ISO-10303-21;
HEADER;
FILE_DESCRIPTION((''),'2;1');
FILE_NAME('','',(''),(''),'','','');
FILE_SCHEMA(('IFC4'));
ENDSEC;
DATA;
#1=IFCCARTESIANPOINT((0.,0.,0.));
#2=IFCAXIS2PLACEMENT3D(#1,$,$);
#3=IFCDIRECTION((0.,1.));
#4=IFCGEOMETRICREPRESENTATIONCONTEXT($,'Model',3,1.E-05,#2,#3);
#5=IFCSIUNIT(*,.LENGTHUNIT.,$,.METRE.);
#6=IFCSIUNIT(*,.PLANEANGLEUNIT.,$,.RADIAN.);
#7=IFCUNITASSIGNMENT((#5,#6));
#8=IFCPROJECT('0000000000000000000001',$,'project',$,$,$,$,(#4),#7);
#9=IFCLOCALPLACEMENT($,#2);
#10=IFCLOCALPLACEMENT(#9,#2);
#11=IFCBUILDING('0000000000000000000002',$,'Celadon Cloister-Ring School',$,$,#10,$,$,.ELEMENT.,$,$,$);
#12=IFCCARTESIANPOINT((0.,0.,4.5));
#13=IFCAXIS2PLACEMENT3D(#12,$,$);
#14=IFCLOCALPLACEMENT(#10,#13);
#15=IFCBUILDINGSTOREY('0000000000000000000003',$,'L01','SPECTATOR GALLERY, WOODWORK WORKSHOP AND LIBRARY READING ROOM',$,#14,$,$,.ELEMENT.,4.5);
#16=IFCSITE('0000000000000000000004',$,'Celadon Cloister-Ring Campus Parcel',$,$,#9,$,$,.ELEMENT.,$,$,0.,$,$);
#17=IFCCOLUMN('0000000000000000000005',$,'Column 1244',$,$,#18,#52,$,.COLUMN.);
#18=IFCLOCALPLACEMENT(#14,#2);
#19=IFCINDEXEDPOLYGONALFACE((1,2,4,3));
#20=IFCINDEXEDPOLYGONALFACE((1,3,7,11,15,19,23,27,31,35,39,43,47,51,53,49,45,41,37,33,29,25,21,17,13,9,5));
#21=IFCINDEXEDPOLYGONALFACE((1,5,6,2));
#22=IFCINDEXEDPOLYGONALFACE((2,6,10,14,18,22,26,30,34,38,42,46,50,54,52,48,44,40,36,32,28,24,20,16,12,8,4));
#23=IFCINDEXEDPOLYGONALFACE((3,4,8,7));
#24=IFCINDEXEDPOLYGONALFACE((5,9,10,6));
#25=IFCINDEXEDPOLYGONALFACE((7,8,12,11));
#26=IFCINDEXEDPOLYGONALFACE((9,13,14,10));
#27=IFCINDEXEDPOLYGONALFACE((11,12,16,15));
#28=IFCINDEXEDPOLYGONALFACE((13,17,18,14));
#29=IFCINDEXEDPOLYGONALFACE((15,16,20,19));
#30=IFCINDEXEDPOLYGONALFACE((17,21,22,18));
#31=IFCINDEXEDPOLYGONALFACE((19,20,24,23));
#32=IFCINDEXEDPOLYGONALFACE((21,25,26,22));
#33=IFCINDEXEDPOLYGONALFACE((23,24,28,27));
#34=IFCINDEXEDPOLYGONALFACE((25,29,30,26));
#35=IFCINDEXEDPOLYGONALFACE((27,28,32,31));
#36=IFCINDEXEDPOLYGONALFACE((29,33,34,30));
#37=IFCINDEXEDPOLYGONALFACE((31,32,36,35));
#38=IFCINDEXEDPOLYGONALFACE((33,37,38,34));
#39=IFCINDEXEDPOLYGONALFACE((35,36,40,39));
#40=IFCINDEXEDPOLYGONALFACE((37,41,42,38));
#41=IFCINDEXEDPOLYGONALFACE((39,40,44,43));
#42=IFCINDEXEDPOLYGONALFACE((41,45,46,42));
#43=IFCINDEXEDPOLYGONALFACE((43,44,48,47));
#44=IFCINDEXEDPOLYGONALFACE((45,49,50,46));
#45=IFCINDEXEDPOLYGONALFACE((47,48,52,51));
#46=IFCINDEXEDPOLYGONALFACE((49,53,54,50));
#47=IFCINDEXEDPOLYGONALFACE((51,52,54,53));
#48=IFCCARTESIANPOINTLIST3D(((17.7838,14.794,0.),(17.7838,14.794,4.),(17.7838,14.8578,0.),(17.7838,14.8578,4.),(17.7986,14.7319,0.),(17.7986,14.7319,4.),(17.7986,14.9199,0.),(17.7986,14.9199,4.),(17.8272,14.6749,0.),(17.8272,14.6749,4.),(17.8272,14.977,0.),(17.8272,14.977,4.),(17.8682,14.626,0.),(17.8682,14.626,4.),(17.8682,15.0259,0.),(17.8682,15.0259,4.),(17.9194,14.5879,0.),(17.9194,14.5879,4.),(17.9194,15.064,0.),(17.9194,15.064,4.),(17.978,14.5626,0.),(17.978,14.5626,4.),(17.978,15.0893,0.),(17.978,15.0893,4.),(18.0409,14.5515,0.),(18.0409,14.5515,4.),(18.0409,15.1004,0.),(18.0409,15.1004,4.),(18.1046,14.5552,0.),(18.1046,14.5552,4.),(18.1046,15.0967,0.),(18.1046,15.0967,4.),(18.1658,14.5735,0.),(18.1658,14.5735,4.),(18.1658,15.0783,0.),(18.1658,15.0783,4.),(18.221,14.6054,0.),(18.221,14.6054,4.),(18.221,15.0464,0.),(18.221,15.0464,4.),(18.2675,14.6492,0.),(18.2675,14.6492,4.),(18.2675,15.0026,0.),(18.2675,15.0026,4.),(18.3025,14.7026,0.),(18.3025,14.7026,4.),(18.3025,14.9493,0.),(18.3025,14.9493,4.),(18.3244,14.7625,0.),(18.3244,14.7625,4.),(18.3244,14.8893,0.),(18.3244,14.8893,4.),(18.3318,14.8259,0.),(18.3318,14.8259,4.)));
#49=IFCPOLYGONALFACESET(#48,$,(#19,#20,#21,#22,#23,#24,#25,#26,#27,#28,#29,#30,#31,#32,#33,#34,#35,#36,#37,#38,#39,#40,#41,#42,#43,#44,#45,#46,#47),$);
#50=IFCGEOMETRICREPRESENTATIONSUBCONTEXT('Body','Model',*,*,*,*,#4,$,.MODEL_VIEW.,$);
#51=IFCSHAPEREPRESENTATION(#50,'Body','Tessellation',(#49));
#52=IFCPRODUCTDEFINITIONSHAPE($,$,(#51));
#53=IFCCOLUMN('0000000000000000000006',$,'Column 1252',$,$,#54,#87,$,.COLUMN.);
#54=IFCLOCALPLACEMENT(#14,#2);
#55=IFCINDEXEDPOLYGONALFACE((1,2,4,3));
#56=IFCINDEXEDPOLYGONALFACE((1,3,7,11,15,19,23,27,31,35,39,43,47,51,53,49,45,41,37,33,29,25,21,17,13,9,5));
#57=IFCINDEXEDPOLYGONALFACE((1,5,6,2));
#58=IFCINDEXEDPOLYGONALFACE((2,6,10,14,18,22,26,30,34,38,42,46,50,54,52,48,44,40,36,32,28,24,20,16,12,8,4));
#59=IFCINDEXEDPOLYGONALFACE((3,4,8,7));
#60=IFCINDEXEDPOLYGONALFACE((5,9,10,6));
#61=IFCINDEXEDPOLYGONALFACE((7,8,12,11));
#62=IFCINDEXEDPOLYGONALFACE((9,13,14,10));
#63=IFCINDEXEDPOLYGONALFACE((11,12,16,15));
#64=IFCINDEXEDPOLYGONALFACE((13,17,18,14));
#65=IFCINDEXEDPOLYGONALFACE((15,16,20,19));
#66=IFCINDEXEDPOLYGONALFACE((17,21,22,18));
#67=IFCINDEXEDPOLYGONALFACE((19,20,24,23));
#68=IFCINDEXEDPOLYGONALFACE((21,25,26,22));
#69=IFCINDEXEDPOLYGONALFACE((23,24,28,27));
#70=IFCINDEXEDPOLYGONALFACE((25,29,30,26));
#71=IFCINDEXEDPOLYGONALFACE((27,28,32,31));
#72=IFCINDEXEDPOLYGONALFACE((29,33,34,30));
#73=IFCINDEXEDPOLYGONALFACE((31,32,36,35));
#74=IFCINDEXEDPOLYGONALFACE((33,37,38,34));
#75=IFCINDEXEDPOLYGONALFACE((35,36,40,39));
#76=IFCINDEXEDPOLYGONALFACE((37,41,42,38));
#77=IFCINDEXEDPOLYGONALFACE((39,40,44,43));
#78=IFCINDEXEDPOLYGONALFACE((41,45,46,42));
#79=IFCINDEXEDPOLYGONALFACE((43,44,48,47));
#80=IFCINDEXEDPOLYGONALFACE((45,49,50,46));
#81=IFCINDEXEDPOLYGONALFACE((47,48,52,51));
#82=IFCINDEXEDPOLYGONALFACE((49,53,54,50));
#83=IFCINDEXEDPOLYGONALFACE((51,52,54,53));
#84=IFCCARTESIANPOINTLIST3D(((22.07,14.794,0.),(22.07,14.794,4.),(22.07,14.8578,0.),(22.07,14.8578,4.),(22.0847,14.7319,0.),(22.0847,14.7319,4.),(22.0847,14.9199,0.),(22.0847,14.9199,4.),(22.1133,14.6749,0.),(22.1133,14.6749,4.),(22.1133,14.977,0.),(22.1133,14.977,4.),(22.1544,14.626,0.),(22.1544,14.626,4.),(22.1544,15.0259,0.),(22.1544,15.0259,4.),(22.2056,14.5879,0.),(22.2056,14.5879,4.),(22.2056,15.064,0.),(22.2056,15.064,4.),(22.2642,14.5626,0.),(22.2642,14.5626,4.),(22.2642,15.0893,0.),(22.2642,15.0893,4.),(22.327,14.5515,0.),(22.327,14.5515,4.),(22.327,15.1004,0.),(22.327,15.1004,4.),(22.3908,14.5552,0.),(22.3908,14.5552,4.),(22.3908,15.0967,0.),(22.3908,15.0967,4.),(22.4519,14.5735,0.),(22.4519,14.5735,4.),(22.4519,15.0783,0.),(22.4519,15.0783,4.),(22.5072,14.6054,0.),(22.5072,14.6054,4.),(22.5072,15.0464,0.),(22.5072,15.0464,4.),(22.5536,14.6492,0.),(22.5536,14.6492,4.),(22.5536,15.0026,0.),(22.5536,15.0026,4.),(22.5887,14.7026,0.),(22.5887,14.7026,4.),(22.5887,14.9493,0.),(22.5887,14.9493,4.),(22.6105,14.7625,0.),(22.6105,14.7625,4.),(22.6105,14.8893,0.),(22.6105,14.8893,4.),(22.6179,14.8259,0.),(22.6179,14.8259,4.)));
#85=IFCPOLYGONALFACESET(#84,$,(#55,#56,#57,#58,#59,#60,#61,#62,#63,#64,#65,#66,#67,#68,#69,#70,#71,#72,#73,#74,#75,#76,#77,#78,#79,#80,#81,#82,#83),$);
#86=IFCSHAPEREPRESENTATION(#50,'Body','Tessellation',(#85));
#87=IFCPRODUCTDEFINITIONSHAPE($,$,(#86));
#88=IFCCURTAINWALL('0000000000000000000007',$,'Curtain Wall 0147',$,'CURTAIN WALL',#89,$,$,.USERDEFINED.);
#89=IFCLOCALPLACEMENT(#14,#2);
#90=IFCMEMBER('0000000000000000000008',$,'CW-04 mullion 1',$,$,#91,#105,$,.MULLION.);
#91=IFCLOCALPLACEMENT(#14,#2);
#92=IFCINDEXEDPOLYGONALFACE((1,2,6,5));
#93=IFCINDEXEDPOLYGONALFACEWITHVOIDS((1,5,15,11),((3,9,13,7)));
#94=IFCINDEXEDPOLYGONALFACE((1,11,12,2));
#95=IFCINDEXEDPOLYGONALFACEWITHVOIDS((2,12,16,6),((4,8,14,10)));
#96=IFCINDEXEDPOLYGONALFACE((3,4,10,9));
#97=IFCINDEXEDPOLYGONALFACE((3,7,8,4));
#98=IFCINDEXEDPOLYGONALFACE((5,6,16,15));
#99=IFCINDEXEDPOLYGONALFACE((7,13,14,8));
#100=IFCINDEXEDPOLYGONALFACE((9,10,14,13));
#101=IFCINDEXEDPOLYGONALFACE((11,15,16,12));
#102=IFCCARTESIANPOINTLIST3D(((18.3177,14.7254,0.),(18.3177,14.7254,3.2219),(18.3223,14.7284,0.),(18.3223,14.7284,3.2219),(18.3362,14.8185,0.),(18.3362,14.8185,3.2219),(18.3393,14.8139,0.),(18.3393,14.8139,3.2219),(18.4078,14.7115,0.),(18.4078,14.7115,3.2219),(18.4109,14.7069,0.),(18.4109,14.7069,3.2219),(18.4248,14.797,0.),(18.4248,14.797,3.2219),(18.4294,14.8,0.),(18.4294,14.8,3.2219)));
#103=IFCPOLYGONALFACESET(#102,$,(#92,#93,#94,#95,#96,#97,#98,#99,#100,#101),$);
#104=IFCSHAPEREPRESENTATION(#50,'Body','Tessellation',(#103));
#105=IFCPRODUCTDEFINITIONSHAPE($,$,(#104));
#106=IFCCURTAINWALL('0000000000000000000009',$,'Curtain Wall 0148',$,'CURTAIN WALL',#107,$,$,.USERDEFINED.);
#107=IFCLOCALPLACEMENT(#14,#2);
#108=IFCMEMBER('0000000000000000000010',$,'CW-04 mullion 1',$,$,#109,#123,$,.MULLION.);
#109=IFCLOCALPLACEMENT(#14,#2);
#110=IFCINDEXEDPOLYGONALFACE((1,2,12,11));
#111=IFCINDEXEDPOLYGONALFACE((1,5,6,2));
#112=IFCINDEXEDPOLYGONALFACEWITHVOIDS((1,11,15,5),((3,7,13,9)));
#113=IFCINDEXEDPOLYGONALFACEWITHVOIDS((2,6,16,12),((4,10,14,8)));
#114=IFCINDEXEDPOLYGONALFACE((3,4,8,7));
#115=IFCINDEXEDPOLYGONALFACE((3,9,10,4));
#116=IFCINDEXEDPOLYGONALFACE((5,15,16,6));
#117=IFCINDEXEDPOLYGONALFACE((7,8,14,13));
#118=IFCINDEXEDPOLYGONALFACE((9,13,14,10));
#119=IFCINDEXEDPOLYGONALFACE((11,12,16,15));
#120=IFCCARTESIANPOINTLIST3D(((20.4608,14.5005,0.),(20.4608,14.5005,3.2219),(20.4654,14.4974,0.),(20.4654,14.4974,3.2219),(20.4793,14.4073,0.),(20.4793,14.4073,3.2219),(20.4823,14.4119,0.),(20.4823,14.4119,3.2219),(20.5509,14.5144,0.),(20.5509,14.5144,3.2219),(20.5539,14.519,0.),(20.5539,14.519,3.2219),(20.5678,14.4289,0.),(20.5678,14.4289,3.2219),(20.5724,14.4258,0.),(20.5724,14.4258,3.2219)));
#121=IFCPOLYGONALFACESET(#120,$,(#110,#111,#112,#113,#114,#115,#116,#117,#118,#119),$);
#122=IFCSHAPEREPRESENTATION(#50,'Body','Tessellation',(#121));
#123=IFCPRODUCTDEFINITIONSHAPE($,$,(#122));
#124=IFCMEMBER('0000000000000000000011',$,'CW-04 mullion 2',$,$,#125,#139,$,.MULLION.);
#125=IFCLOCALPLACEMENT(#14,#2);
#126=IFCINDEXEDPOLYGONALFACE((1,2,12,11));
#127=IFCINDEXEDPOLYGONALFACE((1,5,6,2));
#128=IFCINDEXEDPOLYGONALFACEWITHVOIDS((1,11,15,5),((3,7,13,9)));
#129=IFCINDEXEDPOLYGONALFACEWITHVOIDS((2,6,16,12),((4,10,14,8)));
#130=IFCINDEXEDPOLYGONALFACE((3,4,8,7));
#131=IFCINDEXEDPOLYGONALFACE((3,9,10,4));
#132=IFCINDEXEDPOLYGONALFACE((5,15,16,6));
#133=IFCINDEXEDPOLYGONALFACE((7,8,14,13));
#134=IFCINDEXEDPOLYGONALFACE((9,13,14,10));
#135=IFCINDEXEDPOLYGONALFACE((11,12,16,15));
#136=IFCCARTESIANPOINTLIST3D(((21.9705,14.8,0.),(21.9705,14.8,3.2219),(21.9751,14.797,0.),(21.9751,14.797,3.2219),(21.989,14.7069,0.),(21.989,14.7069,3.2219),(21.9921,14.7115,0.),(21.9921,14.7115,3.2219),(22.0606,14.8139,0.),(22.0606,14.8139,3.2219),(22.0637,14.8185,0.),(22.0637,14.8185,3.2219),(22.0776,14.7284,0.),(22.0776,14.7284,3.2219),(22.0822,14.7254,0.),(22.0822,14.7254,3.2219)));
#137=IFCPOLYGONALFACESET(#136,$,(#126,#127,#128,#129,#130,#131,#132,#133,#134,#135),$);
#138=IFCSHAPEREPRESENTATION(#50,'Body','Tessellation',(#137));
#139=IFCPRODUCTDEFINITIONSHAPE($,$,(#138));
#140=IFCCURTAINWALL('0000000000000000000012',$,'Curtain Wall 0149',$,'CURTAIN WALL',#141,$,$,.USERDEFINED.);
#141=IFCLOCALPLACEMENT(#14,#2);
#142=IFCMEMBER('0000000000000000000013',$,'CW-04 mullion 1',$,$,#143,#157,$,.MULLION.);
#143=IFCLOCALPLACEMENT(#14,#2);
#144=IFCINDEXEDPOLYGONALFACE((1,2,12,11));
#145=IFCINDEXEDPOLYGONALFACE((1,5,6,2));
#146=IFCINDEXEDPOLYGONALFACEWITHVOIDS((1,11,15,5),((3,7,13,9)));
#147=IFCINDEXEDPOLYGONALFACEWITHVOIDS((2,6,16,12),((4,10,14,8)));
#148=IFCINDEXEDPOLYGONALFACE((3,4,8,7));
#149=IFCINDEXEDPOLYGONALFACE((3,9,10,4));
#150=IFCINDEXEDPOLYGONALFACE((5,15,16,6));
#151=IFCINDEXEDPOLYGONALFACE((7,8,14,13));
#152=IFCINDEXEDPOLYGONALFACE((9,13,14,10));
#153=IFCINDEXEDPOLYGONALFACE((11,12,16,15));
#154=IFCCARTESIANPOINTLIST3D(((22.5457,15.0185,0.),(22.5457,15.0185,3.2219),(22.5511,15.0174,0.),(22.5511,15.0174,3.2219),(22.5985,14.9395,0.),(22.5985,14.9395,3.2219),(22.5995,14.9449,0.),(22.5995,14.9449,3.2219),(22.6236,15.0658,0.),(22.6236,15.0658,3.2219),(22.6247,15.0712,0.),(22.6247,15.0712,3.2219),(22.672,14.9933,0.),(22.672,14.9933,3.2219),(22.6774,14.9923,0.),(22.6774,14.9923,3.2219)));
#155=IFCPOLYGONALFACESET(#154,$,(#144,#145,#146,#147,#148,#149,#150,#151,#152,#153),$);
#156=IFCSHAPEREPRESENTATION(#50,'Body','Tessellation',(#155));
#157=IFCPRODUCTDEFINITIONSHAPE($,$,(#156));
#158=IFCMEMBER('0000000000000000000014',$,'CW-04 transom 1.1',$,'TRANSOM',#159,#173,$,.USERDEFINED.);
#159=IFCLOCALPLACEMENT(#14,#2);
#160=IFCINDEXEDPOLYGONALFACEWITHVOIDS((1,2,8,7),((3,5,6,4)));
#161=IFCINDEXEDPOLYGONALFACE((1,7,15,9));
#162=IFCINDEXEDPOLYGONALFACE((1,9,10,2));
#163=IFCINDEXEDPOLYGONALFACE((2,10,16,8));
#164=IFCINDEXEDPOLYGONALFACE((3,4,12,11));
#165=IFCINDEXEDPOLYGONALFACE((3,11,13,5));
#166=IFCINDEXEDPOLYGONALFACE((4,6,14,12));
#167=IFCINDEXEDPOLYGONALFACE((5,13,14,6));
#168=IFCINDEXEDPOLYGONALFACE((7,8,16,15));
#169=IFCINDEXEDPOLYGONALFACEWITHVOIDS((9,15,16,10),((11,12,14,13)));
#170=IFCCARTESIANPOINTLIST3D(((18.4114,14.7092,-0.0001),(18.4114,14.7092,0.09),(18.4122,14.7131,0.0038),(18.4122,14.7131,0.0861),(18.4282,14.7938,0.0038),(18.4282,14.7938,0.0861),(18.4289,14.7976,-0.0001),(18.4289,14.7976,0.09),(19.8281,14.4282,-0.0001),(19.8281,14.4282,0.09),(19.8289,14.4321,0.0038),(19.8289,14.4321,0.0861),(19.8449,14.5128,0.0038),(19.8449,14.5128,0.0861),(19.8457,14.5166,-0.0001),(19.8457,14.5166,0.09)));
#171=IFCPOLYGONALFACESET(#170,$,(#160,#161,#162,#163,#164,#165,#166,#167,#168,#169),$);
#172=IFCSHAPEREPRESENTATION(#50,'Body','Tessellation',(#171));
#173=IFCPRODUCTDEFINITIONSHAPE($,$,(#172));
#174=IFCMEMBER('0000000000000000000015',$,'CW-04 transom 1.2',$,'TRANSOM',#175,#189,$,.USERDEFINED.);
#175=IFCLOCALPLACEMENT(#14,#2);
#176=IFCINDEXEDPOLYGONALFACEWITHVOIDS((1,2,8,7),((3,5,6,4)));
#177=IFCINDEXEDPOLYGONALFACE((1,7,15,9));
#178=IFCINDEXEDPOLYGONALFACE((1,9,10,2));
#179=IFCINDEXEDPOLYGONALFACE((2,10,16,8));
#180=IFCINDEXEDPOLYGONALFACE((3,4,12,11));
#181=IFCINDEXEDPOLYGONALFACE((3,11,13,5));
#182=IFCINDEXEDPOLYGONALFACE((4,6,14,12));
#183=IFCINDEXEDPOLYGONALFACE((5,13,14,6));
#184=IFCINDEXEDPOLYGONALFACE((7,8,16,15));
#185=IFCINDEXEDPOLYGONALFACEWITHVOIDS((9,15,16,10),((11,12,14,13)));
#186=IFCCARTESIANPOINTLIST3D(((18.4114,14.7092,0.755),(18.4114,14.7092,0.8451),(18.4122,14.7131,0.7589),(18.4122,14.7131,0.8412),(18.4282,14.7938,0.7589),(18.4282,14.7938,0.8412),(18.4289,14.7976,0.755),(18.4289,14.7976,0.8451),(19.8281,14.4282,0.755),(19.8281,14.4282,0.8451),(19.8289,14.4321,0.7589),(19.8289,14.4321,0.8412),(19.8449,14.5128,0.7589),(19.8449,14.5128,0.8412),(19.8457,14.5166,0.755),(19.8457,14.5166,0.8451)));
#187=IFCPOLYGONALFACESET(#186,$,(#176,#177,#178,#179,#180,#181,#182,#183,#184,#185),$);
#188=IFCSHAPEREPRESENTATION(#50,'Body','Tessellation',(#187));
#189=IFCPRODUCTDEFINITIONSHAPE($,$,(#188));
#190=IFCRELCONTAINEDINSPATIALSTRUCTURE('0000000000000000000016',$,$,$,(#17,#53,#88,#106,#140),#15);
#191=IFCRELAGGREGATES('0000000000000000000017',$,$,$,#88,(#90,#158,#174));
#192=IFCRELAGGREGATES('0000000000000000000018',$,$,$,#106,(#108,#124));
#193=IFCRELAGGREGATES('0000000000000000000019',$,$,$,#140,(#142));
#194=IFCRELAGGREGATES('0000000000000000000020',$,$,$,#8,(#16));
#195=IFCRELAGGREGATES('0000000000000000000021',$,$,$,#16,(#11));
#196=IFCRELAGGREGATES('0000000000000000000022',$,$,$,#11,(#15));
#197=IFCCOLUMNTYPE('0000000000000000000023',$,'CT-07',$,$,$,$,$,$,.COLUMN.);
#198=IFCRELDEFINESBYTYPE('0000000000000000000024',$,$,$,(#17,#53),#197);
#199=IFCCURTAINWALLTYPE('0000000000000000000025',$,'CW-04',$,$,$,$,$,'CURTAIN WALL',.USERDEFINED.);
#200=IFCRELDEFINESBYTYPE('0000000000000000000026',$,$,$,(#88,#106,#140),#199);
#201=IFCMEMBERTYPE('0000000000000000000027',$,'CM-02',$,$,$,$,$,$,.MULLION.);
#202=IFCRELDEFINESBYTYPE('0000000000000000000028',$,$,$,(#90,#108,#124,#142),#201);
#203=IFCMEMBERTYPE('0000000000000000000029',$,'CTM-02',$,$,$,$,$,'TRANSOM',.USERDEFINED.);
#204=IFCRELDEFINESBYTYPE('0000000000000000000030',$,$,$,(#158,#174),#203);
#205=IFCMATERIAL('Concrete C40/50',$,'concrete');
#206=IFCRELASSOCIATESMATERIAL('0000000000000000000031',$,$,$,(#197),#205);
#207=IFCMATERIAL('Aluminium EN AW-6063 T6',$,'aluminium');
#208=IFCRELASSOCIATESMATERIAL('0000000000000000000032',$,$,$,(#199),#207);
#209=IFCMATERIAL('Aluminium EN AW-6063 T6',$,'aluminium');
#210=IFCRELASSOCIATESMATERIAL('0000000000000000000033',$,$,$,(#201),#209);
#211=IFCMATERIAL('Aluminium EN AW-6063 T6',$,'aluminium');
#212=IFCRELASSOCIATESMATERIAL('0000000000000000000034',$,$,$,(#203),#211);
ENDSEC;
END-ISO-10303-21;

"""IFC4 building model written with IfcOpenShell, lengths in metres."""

from ifc_helpers import new_model, si_unit, direction, frame, origin, origin_2d, place, context, subcontext, project, spatial, hollow_rectangle, circle, extrude, material, material_profile, profile_set, type_object, element, aggregate, save


model = new_model("IFC4")

# Units and contexts
model_context = context("Model", 3, precision=1e-05, world=origin(), true_north=direction((0.0, 1.0)))
body_context = subcontext(model_context, "Body", "Model", "MODEL_VIEW")
ifc_project = project(units=[si_unit("LENGTHUNIT", "METRE"), si_unit("PLANEANGLEUNIT", "RADIAN")], contexts=[model_context])

# Site, building, storey
site_placement = place(None, origin())
site = spatial("IfcSite", under=ifc_project, at=site_placement, Name="Celadon Cloister-Ring Campus Parcel", CompositionType="ELEMENT", RefElevation=0.0)
building_placement = place(site_placement, origin())
building = spatial("IfcBuilding", under=site, at=building_placement, Name="Celadon Cloister-Ring School", CompositionType="ELEMENT")
storey_placement = place(building_placement, frame((0.0, 0.0, 4.5)))
storey = spatial("IfcBuildingStorey", under=building, at=storey_placement, Name="L01", Description="SPECTATOR GALLERY, WOODWORK WORKSHOP AND LIBRARY READING ROOM", CompositionType="ELEMENT", Elevation=4.5)

# Columns
ifc_material_1 = material(Name="Concrete C40/50", Category="concrete")
ifc_material_profile_1 = material_profile(ifc_material_1, circle(Radius=0.2749, at=origin_2d()), Name="CIRC550")
ifc_profile_set_1 = profile_set([ifc_material_profile_1], Name="Concrete C40/50")
column_type = type_object("IfcColumnType", Name="CT-07", PredefinedType="COLUMN", material=ifc_profile_set_1)
for number, where, z_axis, x_axis, name in (
    (1, (18.0569, 14.8259, 0.0), (0.0, 0.0, 1.0), (1.0, 0.0, 0.0), "Column 1244"),
    (2, (22.343, 14.8259, 0.0), (0.0, 0.0, 1.0), (1.0, 0.0, 0.0), "Column 1252"),
):
    element("IfcColumn", number, at=place(storey_placement, frame(where, z_axis=z_axis, x_axis=x_axis)), inside=storey, type_object=column_type, Name=name, PredefinedType="COLUMN", context=body_context, shape_type="SweptSolid", body=[
        extrude(circle(Radius=0.2749, at=origin_2d()), origin(), (0.0, 0.0, 1.0), 4.0),
    ])

# Curtain wall, member
ifc_material_2 = material(Name="Aluminium EN AW-6063 T6", Category="aluminium")
curtain_wall_type = type_object("IfcCurtainWallType", Name="CW-04", ElementType="CURTAIN WALL", PredefinedType="USERDEFINED", material=ifc_material_2)
curtain_wall_1_placement = place(storey_placement, origin())
curtain_wall_1 = element("IfcCurtainWall", 3, at=curtain_wall_1_placement, inside=storey, type_object=curtain_wall_type, Name="Curtain Wall 0147", ObjectType="CURTAIN WALL", PredefinedType="USERDEFINED")
ifc_material_3 = material(Name="Aluminium EN AW-6063 T6", Category="aluminium")
ifc_material_profile_2 = material_profile(ifc_material_3, hollow_rectangle(XDim=0.095, YDim=0.095, WallThickness=0.0039, at=origin_2d()), Name="RHS95X95X4")
ifc_profile_set_2 = profile_set([ifc_material_profile_2], Name="Aluminium EN AW-6063 T6")
member_type_1 = type_object("IfcMemberType", Name="CM-02", PredefinedType="MULLION", material=ifc_profile_set_2)
member_1_placement = place(storey_placement, frame((18.3735, 14.7627, 0.0), z_axis=(0.0, 0.0, 1.0), x_axis=(0.194586, 0.980885, 0.0)))
member_1 = element("IfcMember", 4, at=member_1_placement, type_object=member_type_1, Name="CW-04 mullion 1", PredefinedType="MULLION", context=body_context, shape_type="SweptSolid", body=[
    extrude(hollow_rectangle(XDim=0.095, YDim=0.095, WallThickness=0.0039, at=origin_2d()), origin(), (0.0, 0.0, 1.0), 3.2219),
])

# Curtain wall, members
curtain_wall_2_placement = place(storey_placement, origin())
curtain_wall_2 = element("IfcCurtainWall", 5, at=curtain_wall_2_placement, inside=storey, type_object=curtain_wall_type, Name="Curtain Wall 0148", ObjectType="CURTAIN WALL", PredefinedType="USERDEFINED")
member_2_placement = place(storey_placement, frame((20.5166, 14.4631, 0.0), z_axis=(0.0, 0.0, 1.0), x_axis=(-0.194586, 0.980885, 0.0)))
member_2 = element("IfcMember", 6, at=member_2_placement, type_object=member_type_1, Name="CW-04 mullion 1", PredefinedType="MULLION", context=body_context, shape_type="SweptSolid", body=[
    extrude(hollow_rectangle(XDim=0.095, YDim=0.095, WallThickness=0.0039, at=origin_2d()), origin(), (0.0, 0.0, 1.0), 3.2219),
])
member_3_placement = place(storey_placement, frame((22.0264, 14.7627, 0.0), z_axis=(0.0, 0.0, 1.0), x_axis=(-0.194586, 0.980885, 0.0)))
member_3 = element("IfcMember", 7, at=member_3_placement, type_object=member_type_1, Name="CW-04 mullion 2", PredefinedType="MULLION", context=body_context, shape_type="SweptSolid", body=[
    extrude(hollow_rectangle(XDim=0.095, YDim=0.095, WallThickness=0.0039, at=origin_2d()), origin(), (0.0, 0.0, 1.0), 3.2219),
])

# Curtain wall, member
curtain_wall_3_placement = place(storey_placement, origin())
curtain_wall_3 = element("IfcCurtainWall", 8, at=curtain_wall_3_placement, inside=storey, type_object=curtain_wall_type, Name="Curtain Wall 0149", ObjectType="CURTAIN WALL", PredefinedType="USERDEFINED")
member_4_placement = place(storey_placement, frame((22.6116, 15.0054, 0.0), z_axis=(0.0, 0.0, 1.0), x_axis=(-0.555547, 0.831485, 0.0)))
member_4 = element("IfcMember", 9, at=member_4_placement, type_object=member_type_1, Name="CW-04 mullion 1", PredefinedType="MULLION", context=body_context, shape_type="SweptSolid", body=[
    extrude(hollow_rectangle(XDim=0.095, YDim=0.095, WallThickness=0.0039, at=origin_2d()), origin(), (0.0, 0.0, 1.0), 3.2219),
])

# Members
ifc_material_4 = material(Name="Aluminium EN AW-6063 T6", Category="aluminium")
ifc_material_profile_3 = material_profile(ifc_material_4, hollow_rectangle(XDim=0.0901, YDim=0.0901, WallThickness=0.0039, at=origin_2d()), Name="RHS90X90X4")
ifc_profile_set_3 = profile_set([ifc_material_profile_3], Name="Aluminium EN AW-6063 T6")
member_type_2 = type_object("IfcMemberType", Name="CTM-02", ElementType="TRANSOM", PredefinedType="USERDEFINED", material=ifc_profile_set_3)
member_5_placement = place(storey_placement, frame((18.4202, 14.7534, 0.0449), z_axis=(0.980891, -0.194556, 0.0), x_axis=(0.194556, 0.980891, 0.0)))
member_5 = element("IfcMember", 10, at=member_5_placement, type_object=member_type_2, Name="CW-04 transom 1.1", ObjectType="TRANSOM", PredefinedType="USERDEFINED", context=body_context, shape_type="SweptSolid", body=[
    extrude(hollow_rectangle(XDim=0.0901, YDim=0.0901, WallThickness=0.0039, at=origin_2d()), origin(), (0.0, 0.0, 1.0), 1.4443),
])
member_6_placement = place(storey_placement, frame((18.4202, 14.7534, 0.8), z_axis=(0.980891, -0.194556, 0.0), x_axis=(0.194556, 0.980891, 0.0)))
member_6 = element("IfcMember", 11, at=member_6_placement, type_object=member_type_2, Name="CW-04 transom 1.2", ObjectType="TRANSOM", PredefinedType="USERDEFINED", context=body_context, shape_type="SweptSolid", body=[
    extrude(hollow_rectangle(XDim=0.0901, YDim=0.0901, WallThickness=0.0039, at=origin_2d()), origin(), (0.0, 0.0, 1.0), 1.4443),
])

aggregate(curtain_wall_1, [member_1, member_5, member_6])
aggregate(curtain_wall_2, [member_2, member_3])
aggregate(curtain_wall_3, [member_4])

save(model, "model.ifc")
